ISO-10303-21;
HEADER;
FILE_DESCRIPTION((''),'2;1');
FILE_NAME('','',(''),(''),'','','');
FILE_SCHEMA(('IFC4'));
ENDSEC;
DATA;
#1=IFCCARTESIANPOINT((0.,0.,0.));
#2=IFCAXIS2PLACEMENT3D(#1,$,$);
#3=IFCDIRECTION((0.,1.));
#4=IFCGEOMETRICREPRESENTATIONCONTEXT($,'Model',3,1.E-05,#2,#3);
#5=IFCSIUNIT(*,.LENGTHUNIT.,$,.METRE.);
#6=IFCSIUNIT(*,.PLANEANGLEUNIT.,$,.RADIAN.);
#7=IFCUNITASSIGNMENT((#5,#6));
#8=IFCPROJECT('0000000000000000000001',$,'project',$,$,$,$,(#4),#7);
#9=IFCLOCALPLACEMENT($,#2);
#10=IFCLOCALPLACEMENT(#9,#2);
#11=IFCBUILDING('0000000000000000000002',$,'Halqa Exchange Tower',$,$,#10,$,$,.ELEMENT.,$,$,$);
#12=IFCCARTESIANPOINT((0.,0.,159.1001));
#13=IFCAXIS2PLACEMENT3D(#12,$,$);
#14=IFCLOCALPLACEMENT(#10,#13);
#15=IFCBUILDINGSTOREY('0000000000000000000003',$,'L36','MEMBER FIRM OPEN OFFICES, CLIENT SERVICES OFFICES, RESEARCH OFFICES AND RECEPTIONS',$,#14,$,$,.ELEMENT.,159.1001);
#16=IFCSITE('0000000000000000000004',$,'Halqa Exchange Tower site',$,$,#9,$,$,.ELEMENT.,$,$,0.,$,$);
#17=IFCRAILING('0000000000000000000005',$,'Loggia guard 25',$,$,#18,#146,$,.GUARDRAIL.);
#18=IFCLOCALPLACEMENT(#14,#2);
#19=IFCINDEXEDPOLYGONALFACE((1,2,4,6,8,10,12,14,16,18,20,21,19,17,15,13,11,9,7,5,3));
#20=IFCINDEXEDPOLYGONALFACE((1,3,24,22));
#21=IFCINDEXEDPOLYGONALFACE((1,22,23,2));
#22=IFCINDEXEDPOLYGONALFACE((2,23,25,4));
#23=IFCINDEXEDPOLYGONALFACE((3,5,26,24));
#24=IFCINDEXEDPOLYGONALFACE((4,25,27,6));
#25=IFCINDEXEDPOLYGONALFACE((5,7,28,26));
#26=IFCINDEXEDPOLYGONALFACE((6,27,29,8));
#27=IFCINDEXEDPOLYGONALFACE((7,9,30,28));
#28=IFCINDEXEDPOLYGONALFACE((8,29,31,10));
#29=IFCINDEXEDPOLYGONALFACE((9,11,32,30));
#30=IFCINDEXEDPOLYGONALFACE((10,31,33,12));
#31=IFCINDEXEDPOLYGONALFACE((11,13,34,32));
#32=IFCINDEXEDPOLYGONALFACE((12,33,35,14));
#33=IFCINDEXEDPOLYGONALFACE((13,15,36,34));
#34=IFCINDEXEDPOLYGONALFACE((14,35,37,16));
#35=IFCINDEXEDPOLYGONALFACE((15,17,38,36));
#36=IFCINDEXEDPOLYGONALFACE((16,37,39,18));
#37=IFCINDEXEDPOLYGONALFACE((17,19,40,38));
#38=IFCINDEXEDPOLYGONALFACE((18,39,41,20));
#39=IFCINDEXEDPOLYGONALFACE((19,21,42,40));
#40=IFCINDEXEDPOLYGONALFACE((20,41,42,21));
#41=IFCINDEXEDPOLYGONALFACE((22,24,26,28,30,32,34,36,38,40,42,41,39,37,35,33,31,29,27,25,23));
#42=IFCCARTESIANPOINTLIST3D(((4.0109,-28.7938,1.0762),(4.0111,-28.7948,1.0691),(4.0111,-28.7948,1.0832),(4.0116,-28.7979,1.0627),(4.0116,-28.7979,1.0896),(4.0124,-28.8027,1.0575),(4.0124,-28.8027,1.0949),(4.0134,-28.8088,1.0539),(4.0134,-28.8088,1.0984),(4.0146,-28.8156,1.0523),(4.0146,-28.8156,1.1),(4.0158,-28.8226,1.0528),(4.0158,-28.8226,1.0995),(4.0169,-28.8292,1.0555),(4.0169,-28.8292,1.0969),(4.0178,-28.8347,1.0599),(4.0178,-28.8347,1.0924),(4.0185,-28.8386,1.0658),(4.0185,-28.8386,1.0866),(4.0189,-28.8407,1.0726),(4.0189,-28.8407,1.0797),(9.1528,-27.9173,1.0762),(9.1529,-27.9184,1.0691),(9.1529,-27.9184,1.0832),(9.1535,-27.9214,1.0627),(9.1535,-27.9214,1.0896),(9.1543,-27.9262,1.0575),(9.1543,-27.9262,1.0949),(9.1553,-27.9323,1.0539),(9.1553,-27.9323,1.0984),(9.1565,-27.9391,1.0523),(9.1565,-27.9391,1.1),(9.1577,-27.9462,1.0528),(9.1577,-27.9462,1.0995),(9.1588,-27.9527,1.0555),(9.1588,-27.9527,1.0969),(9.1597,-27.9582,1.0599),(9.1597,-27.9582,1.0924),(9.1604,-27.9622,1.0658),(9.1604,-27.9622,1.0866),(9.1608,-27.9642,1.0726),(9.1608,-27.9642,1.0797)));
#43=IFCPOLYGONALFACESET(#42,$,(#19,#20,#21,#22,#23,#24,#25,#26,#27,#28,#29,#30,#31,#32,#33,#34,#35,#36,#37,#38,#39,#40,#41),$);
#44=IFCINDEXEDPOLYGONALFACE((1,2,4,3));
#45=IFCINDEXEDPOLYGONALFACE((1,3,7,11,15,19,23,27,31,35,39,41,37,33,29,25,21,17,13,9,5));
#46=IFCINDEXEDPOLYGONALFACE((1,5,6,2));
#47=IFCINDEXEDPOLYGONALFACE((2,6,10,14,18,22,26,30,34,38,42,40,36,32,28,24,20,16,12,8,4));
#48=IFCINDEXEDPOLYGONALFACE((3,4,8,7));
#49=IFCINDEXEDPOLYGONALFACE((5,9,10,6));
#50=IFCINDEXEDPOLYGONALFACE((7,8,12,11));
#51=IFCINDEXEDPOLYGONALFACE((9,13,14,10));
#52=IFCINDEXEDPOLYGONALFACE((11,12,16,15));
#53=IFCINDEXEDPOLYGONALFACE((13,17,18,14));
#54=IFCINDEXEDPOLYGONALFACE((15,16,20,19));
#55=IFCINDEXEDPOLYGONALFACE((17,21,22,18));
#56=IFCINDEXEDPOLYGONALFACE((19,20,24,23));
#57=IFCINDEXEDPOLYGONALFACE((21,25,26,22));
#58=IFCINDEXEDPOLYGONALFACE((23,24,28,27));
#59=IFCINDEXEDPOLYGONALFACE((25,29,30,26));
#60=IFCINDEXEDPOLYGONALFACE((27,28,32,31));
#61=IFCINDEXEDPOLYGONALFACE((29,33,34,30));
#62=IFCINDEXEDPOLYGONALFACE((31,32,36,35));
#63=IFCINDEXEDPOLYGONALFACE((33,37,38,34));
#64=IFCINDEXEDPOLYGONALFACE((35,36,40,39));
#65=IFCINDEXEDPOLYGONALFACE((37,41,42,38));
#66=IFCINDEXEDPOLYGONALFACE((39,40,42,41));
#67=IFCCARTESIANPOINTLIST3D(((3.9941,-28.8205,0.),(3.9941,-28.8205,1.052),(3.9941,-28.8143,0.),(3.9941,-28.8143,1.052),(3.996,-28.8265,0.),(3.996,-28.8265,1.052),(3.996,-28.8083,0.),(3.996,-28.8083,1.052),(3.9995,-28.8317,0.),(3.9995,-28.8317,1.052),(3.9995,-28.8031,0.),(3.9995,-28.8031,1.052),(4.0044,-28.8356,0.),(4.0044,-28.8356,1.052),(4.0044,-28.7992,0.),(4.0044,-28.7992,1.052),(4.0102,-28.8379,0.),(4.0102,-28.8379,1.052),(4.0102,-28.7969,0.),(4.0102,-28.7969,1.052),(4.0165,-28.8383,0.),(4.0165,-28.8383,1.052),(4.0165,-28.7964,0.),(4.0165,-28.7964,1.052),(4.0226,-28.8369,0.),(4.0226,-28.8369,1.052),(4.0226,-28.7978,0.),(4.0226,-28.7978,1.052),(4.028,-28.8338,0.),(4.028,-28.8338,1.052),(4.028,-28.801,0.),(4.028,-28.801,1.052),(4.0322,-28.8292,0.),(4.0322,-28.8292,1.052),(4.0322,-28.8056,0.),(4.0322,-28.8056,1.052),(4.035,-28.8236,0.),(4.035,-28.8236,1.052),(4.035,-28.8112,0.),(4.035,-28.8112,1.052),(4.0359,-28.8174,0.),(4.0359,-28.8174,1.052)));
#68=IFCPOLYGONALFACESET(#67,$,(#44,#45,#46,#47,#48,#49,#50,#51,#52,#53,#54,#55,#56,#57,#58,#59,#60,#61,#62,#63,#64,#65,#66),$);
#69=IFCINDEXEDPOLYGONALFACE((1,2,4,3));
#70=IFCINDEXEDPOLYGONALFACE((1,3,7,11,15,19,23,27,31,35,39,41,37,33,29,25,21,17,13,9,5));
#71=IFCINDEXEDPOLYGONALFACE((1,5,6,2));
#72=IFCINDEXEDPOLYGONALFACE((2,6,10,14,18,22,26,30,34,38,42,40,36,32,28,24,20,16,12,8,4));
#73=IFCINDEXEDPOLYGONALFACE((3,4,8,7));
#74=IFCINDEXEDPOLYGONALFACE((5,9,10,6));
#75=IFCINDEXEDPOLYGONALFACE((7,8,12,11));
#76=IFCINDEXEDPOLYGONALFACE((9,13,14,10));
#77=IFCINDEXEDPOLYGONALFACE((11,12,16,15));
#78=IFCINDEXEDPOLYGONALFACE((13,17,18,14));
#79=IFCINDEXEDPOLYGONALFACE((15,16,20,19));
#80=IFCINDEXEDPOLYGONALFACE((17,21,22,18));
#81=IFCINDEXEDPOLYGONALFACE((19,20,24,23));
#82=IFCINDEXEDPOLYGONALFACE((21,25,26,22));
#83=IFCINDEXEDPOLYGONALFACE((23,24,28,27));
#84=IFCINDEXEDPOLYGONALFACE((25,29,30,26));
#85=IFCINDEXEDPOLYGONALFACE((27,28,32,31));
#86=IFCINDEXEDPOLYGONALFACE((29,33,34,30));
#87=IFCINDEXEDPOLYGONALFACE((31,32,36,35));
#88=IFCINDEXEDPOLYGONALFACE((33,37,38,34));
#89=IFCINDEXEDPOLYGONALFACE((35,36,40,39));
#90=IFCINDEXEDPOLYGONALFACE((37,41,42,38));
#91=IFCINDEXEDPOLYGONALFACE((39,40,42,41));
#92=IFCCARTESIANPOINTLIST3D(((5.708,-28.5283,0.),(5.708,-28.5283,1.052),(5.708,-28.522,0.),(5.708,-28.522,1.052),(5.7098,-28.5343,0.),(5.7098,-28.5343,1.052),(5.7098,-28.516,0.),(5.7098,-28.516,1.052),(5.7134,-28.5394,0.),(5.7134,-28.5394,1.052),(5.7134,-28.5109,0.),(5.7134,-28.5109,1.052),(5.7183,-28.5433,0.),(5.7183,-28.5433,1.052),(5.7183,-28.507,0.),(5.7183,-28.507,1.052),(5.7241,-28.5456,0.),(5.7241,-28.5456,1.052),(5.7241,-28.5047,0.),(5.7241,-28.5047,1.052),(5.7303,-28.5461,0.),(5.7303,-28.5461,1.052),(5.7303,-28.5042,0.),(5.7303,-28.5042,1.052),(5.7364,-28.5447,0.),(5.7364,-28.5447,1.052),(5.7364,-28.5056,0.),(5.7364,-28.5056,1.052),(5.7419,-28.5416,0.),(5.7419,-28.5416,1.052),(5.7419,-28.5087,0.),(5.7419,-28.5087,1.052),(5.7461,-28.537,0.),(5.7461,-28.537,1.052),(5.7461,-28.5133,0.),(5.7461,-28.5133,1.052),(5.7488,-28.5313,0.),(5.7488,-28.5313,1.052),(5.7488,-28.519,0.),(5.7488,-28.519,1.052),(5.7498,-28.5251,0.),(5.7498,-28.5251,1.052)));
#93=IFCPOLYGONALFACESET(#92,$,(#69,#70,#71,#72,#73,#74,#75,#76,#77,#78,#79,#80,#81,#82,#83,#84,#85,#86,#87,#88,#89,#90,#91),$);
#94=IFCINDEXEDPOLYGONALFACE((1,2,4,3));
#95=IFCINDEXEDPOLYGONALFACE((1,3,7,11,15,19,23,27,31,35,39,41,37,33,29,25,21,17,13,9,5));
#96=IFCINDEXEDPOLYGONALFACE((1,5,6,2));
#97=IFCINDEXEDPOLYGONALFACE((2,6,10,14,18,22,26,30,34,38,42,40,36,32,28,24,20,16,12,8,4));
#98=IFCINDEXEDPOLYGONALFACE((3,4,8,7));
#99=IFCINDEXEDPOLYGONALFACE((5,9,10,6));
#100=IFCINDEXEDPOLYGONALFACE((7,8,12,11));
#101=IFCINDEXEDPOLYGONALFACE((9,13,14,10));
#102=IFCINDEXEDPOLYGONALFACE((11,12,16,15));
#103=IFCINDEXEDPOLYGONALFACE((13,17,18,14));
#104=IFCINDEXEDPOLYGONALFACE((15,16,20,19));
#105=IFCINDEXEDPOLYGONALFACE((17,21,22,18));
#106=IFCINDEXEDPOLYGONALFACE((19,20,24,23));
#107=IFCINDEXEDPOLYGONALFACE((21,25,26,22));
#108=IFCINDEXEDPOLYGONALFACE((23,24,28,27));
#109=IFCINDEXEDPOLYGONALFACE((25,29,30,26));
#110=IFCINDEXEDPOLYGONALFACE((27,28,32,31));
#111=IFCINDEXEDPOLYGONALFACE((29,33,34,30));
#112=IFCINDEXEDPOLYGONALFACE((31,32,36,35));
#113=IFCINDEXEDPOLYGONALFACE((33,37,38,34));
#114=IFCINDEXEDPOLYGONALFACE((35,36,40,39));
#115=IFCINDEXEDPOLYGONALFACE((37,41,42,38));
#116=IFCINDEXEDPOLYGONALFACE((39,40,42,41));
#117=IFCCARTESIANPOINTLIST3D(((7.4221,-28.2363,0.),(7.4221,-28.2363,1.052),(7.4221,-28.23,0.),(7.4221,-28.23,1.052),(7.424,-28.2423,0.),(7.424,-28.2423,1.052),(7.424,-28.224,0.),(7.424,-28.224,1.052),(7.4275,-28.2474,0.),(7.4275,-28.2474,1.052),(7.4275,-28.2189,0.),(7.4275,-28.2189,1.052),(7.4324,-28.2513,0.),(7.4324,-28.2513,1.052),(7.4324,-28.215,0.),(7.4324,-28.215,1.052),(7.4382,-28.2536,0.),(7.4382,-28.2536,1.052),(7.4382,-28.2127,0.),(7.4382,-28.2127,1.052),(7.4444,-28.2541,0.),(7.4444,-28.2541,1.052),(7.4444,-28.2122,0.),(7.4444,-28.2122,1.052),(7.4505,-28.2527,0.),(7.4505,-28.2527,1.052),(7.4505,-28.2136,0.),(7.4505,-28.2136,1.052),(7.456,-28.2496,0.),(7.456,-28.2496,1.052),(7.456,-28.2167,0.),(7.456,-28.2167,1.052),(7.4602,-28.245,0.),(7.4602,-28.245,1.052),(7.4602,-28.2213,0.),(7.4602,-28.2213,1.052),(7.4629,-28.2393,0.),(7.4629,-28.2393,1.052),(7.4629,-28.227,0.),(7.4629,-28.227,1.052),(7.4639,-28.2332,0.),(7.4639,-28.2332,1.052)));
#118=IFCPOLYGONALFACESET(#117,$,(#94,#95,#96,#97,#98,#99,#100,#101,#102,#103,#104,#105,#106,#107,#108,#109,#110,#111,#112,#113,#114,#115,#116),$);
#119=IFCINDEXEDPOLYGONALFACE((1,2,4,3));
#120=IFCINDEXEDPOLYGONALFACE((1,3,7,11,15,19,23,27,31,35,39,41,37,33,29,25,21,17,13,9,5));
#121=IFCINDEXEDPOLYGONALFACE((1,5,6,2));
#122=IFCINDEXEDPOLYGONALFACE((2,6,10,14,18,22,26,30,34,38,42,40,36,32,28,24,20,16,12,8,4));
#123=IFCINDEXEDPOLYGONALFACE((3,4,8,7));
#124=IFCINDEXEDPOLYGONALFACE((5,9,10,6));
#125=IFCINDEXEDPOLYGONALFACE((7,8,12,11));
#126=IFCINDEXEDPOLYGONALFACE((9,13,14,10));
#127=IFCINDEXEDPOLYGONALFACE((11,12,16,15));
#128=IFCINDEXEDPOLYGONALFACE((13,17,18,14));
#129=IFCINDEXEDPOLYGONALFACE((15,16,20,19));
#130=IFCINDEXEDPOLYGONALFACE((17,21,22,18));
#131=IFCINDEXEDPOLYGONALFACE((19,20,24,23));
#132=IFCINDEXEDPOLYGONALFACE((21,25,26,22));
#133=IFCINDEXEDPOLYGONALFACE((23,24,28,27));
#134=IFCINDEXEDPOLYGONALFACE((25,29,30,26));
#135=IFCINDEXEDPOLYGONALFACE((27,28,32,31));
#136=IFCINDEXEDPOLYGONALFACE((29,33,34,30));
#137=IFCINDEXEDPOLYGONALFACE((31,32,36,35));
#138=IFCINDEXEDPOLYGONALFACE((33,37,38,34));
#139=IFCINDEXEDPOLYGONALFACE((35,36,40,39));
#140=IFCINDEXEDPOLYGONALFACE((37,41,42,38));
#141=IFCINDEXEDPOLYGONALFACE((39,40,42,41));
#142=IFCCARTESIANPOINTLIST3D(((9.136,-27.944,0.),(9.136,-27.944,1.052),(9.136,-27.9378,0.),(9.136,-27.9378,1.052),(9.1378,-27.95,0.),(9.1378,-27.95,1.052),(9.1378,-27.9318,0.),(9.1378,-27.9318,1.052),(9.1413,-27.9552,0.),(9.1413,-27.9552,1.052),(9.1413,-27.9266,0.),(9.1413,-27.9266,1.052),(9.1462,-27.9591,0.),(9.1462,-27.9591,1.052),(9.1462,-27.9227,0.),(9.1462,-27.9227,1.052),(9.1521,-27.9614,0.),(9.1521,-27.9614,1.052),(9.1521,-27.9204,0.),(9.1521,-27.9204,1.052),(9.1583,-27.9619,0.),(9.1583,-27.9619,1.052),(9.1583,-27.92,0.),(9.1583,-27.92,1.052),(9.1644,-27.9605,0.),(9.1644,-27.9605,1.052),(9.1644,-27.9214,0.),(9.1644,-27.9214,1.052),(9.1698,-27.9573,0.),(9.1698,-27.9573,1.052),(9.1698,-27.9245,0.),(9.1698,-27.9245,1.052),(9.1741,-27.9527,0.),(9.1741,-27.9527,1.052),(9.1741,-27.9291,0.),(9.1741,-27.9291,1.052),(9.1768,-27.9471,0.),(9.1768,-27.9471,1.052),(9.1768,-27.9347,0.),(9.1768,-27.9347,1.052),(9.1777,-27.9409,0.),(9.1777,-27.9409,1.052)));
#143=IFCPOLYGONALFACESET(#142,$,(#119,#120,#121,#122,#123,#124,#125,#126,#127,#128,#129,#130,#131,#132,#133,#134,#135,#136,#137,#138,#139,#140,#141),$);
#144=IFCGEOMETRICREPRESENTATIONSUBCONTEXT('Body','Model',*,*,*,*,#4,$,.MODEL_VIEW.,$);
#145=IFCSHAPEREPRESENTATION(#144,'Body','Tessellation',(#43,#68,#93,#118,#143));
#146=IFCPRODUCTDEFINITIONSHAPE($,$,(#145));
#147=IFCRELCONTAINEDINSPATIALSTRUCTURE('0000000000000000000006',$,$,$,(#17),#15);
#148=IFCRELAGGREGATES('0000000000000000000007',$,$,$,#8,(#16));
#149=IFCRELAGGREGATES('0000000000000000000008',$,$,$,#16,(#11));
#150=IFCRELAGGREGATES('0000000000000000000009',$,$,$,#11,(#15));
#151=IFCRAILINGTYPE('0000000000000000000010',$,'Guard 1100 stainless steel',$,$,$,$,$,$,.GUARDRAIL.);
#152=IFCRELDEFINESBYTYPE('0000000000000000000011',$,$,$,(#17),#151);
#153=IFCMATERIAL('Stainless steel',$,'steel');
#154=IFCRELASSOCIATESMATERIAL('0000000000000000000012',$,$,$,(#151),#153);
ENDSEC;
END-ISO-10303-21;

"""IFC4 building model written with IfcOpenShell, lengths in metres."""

from ifc_helpers import new_model, si_unit, direction, frame, origin, origin_2d, place, context, subcontext, project, spatial, circle, extrude, material, type_object, element, save


model = new_model("IFC4")

# Units and contexts
model_context = context("Model", 3, precision=1e-05, world=origin(), true_north=direction((0.0, 1.0)))
body_context = subcontext(model_context, "Body", "Model", "MODEL_VIEW")
ifc_project = project(units=[si_unit("LENGTHUNIT", "METRE"), si_unit("PLANEANGLEUNIT", "RADIAN")], contexts=[model_context])

# Site, building, storey
site_placement = place(None, origin())
site = spatial("IfcSite", under=ifc_project, at=site_placement, Name="Halqa Exchange Tower site", CompositionType="ELEMENT", RefElevation=0.0)
building_placement = place(site_placement, origin())
building = spatial("IfcBuilding", under=site, at=building_placement, Name="Halqa Exchange Tower", CompositionType="ELEMENT")
storey_placement = place(building_placement, frame((0.0, 0.0, 159.1001)))
storey = spatial("IfcBuildingStorey", under=building, at=storey_placement, Name="L36", Description="MEMBER FIRM OPEN OFFICES, CLIENT SERVICES OFFICES, RESEARCH OFFICES AND RECEPTIONS", CompositionType="ELEMENT", Elevation=159.1001)

# Railing
ifc_material_1 = material(Name="Stainless steel", Category="steel")
railing_type_1 = type_object("IfcRailingType", Name="Guard 1100 stainless steel", PredefinedType="GUARDRAIL", material=ifc_material_1)
railing_1_placement = place(storey_placement, frame((4.0149, -28.8174, 0.0)))
element("IfcRailing", 1, at=railing_1_placement, inside=storey, type_object=railing_type_1, Name="Loggia guard 25", PredefinedType="GUARDRAIL", context=body_context, shape_type="SweptSolid", body=[
    extrude(circle(Radius=0.0239, at=origin_2d()), frame((0.0, 0.0, 1.0762), z_axis=(0.985781, 0.168034, 0.0), x_axis=(-0.168034, 0.985781, 0.0)), (0.0, 0.0, 1.0), 5.2161),
    extrude(circle(Radius=0.021, at=origin_2d()), origin(), (0.0, 0.0, 1.0), 1.052),
    extrude(circle(Radius=0.021, at=origin_2d()), frame((1.7139, 0.2922, 0.0)), (0.0, 0.0, 1.0), 1.052),
    extrude(circle(Radius=0.021, at=origin_2d()), frame((3.428, 0.5842, 0.0)), (0.0, 0.0, 1.0), 1.052),
    extrude(circle(Radius=0.021, at=origin_2d()), frame((5.1418, 0.8765, 0.0)), (0.0, 0.0, 1.0), 1.052),
])

save(model, "model.ifc")
